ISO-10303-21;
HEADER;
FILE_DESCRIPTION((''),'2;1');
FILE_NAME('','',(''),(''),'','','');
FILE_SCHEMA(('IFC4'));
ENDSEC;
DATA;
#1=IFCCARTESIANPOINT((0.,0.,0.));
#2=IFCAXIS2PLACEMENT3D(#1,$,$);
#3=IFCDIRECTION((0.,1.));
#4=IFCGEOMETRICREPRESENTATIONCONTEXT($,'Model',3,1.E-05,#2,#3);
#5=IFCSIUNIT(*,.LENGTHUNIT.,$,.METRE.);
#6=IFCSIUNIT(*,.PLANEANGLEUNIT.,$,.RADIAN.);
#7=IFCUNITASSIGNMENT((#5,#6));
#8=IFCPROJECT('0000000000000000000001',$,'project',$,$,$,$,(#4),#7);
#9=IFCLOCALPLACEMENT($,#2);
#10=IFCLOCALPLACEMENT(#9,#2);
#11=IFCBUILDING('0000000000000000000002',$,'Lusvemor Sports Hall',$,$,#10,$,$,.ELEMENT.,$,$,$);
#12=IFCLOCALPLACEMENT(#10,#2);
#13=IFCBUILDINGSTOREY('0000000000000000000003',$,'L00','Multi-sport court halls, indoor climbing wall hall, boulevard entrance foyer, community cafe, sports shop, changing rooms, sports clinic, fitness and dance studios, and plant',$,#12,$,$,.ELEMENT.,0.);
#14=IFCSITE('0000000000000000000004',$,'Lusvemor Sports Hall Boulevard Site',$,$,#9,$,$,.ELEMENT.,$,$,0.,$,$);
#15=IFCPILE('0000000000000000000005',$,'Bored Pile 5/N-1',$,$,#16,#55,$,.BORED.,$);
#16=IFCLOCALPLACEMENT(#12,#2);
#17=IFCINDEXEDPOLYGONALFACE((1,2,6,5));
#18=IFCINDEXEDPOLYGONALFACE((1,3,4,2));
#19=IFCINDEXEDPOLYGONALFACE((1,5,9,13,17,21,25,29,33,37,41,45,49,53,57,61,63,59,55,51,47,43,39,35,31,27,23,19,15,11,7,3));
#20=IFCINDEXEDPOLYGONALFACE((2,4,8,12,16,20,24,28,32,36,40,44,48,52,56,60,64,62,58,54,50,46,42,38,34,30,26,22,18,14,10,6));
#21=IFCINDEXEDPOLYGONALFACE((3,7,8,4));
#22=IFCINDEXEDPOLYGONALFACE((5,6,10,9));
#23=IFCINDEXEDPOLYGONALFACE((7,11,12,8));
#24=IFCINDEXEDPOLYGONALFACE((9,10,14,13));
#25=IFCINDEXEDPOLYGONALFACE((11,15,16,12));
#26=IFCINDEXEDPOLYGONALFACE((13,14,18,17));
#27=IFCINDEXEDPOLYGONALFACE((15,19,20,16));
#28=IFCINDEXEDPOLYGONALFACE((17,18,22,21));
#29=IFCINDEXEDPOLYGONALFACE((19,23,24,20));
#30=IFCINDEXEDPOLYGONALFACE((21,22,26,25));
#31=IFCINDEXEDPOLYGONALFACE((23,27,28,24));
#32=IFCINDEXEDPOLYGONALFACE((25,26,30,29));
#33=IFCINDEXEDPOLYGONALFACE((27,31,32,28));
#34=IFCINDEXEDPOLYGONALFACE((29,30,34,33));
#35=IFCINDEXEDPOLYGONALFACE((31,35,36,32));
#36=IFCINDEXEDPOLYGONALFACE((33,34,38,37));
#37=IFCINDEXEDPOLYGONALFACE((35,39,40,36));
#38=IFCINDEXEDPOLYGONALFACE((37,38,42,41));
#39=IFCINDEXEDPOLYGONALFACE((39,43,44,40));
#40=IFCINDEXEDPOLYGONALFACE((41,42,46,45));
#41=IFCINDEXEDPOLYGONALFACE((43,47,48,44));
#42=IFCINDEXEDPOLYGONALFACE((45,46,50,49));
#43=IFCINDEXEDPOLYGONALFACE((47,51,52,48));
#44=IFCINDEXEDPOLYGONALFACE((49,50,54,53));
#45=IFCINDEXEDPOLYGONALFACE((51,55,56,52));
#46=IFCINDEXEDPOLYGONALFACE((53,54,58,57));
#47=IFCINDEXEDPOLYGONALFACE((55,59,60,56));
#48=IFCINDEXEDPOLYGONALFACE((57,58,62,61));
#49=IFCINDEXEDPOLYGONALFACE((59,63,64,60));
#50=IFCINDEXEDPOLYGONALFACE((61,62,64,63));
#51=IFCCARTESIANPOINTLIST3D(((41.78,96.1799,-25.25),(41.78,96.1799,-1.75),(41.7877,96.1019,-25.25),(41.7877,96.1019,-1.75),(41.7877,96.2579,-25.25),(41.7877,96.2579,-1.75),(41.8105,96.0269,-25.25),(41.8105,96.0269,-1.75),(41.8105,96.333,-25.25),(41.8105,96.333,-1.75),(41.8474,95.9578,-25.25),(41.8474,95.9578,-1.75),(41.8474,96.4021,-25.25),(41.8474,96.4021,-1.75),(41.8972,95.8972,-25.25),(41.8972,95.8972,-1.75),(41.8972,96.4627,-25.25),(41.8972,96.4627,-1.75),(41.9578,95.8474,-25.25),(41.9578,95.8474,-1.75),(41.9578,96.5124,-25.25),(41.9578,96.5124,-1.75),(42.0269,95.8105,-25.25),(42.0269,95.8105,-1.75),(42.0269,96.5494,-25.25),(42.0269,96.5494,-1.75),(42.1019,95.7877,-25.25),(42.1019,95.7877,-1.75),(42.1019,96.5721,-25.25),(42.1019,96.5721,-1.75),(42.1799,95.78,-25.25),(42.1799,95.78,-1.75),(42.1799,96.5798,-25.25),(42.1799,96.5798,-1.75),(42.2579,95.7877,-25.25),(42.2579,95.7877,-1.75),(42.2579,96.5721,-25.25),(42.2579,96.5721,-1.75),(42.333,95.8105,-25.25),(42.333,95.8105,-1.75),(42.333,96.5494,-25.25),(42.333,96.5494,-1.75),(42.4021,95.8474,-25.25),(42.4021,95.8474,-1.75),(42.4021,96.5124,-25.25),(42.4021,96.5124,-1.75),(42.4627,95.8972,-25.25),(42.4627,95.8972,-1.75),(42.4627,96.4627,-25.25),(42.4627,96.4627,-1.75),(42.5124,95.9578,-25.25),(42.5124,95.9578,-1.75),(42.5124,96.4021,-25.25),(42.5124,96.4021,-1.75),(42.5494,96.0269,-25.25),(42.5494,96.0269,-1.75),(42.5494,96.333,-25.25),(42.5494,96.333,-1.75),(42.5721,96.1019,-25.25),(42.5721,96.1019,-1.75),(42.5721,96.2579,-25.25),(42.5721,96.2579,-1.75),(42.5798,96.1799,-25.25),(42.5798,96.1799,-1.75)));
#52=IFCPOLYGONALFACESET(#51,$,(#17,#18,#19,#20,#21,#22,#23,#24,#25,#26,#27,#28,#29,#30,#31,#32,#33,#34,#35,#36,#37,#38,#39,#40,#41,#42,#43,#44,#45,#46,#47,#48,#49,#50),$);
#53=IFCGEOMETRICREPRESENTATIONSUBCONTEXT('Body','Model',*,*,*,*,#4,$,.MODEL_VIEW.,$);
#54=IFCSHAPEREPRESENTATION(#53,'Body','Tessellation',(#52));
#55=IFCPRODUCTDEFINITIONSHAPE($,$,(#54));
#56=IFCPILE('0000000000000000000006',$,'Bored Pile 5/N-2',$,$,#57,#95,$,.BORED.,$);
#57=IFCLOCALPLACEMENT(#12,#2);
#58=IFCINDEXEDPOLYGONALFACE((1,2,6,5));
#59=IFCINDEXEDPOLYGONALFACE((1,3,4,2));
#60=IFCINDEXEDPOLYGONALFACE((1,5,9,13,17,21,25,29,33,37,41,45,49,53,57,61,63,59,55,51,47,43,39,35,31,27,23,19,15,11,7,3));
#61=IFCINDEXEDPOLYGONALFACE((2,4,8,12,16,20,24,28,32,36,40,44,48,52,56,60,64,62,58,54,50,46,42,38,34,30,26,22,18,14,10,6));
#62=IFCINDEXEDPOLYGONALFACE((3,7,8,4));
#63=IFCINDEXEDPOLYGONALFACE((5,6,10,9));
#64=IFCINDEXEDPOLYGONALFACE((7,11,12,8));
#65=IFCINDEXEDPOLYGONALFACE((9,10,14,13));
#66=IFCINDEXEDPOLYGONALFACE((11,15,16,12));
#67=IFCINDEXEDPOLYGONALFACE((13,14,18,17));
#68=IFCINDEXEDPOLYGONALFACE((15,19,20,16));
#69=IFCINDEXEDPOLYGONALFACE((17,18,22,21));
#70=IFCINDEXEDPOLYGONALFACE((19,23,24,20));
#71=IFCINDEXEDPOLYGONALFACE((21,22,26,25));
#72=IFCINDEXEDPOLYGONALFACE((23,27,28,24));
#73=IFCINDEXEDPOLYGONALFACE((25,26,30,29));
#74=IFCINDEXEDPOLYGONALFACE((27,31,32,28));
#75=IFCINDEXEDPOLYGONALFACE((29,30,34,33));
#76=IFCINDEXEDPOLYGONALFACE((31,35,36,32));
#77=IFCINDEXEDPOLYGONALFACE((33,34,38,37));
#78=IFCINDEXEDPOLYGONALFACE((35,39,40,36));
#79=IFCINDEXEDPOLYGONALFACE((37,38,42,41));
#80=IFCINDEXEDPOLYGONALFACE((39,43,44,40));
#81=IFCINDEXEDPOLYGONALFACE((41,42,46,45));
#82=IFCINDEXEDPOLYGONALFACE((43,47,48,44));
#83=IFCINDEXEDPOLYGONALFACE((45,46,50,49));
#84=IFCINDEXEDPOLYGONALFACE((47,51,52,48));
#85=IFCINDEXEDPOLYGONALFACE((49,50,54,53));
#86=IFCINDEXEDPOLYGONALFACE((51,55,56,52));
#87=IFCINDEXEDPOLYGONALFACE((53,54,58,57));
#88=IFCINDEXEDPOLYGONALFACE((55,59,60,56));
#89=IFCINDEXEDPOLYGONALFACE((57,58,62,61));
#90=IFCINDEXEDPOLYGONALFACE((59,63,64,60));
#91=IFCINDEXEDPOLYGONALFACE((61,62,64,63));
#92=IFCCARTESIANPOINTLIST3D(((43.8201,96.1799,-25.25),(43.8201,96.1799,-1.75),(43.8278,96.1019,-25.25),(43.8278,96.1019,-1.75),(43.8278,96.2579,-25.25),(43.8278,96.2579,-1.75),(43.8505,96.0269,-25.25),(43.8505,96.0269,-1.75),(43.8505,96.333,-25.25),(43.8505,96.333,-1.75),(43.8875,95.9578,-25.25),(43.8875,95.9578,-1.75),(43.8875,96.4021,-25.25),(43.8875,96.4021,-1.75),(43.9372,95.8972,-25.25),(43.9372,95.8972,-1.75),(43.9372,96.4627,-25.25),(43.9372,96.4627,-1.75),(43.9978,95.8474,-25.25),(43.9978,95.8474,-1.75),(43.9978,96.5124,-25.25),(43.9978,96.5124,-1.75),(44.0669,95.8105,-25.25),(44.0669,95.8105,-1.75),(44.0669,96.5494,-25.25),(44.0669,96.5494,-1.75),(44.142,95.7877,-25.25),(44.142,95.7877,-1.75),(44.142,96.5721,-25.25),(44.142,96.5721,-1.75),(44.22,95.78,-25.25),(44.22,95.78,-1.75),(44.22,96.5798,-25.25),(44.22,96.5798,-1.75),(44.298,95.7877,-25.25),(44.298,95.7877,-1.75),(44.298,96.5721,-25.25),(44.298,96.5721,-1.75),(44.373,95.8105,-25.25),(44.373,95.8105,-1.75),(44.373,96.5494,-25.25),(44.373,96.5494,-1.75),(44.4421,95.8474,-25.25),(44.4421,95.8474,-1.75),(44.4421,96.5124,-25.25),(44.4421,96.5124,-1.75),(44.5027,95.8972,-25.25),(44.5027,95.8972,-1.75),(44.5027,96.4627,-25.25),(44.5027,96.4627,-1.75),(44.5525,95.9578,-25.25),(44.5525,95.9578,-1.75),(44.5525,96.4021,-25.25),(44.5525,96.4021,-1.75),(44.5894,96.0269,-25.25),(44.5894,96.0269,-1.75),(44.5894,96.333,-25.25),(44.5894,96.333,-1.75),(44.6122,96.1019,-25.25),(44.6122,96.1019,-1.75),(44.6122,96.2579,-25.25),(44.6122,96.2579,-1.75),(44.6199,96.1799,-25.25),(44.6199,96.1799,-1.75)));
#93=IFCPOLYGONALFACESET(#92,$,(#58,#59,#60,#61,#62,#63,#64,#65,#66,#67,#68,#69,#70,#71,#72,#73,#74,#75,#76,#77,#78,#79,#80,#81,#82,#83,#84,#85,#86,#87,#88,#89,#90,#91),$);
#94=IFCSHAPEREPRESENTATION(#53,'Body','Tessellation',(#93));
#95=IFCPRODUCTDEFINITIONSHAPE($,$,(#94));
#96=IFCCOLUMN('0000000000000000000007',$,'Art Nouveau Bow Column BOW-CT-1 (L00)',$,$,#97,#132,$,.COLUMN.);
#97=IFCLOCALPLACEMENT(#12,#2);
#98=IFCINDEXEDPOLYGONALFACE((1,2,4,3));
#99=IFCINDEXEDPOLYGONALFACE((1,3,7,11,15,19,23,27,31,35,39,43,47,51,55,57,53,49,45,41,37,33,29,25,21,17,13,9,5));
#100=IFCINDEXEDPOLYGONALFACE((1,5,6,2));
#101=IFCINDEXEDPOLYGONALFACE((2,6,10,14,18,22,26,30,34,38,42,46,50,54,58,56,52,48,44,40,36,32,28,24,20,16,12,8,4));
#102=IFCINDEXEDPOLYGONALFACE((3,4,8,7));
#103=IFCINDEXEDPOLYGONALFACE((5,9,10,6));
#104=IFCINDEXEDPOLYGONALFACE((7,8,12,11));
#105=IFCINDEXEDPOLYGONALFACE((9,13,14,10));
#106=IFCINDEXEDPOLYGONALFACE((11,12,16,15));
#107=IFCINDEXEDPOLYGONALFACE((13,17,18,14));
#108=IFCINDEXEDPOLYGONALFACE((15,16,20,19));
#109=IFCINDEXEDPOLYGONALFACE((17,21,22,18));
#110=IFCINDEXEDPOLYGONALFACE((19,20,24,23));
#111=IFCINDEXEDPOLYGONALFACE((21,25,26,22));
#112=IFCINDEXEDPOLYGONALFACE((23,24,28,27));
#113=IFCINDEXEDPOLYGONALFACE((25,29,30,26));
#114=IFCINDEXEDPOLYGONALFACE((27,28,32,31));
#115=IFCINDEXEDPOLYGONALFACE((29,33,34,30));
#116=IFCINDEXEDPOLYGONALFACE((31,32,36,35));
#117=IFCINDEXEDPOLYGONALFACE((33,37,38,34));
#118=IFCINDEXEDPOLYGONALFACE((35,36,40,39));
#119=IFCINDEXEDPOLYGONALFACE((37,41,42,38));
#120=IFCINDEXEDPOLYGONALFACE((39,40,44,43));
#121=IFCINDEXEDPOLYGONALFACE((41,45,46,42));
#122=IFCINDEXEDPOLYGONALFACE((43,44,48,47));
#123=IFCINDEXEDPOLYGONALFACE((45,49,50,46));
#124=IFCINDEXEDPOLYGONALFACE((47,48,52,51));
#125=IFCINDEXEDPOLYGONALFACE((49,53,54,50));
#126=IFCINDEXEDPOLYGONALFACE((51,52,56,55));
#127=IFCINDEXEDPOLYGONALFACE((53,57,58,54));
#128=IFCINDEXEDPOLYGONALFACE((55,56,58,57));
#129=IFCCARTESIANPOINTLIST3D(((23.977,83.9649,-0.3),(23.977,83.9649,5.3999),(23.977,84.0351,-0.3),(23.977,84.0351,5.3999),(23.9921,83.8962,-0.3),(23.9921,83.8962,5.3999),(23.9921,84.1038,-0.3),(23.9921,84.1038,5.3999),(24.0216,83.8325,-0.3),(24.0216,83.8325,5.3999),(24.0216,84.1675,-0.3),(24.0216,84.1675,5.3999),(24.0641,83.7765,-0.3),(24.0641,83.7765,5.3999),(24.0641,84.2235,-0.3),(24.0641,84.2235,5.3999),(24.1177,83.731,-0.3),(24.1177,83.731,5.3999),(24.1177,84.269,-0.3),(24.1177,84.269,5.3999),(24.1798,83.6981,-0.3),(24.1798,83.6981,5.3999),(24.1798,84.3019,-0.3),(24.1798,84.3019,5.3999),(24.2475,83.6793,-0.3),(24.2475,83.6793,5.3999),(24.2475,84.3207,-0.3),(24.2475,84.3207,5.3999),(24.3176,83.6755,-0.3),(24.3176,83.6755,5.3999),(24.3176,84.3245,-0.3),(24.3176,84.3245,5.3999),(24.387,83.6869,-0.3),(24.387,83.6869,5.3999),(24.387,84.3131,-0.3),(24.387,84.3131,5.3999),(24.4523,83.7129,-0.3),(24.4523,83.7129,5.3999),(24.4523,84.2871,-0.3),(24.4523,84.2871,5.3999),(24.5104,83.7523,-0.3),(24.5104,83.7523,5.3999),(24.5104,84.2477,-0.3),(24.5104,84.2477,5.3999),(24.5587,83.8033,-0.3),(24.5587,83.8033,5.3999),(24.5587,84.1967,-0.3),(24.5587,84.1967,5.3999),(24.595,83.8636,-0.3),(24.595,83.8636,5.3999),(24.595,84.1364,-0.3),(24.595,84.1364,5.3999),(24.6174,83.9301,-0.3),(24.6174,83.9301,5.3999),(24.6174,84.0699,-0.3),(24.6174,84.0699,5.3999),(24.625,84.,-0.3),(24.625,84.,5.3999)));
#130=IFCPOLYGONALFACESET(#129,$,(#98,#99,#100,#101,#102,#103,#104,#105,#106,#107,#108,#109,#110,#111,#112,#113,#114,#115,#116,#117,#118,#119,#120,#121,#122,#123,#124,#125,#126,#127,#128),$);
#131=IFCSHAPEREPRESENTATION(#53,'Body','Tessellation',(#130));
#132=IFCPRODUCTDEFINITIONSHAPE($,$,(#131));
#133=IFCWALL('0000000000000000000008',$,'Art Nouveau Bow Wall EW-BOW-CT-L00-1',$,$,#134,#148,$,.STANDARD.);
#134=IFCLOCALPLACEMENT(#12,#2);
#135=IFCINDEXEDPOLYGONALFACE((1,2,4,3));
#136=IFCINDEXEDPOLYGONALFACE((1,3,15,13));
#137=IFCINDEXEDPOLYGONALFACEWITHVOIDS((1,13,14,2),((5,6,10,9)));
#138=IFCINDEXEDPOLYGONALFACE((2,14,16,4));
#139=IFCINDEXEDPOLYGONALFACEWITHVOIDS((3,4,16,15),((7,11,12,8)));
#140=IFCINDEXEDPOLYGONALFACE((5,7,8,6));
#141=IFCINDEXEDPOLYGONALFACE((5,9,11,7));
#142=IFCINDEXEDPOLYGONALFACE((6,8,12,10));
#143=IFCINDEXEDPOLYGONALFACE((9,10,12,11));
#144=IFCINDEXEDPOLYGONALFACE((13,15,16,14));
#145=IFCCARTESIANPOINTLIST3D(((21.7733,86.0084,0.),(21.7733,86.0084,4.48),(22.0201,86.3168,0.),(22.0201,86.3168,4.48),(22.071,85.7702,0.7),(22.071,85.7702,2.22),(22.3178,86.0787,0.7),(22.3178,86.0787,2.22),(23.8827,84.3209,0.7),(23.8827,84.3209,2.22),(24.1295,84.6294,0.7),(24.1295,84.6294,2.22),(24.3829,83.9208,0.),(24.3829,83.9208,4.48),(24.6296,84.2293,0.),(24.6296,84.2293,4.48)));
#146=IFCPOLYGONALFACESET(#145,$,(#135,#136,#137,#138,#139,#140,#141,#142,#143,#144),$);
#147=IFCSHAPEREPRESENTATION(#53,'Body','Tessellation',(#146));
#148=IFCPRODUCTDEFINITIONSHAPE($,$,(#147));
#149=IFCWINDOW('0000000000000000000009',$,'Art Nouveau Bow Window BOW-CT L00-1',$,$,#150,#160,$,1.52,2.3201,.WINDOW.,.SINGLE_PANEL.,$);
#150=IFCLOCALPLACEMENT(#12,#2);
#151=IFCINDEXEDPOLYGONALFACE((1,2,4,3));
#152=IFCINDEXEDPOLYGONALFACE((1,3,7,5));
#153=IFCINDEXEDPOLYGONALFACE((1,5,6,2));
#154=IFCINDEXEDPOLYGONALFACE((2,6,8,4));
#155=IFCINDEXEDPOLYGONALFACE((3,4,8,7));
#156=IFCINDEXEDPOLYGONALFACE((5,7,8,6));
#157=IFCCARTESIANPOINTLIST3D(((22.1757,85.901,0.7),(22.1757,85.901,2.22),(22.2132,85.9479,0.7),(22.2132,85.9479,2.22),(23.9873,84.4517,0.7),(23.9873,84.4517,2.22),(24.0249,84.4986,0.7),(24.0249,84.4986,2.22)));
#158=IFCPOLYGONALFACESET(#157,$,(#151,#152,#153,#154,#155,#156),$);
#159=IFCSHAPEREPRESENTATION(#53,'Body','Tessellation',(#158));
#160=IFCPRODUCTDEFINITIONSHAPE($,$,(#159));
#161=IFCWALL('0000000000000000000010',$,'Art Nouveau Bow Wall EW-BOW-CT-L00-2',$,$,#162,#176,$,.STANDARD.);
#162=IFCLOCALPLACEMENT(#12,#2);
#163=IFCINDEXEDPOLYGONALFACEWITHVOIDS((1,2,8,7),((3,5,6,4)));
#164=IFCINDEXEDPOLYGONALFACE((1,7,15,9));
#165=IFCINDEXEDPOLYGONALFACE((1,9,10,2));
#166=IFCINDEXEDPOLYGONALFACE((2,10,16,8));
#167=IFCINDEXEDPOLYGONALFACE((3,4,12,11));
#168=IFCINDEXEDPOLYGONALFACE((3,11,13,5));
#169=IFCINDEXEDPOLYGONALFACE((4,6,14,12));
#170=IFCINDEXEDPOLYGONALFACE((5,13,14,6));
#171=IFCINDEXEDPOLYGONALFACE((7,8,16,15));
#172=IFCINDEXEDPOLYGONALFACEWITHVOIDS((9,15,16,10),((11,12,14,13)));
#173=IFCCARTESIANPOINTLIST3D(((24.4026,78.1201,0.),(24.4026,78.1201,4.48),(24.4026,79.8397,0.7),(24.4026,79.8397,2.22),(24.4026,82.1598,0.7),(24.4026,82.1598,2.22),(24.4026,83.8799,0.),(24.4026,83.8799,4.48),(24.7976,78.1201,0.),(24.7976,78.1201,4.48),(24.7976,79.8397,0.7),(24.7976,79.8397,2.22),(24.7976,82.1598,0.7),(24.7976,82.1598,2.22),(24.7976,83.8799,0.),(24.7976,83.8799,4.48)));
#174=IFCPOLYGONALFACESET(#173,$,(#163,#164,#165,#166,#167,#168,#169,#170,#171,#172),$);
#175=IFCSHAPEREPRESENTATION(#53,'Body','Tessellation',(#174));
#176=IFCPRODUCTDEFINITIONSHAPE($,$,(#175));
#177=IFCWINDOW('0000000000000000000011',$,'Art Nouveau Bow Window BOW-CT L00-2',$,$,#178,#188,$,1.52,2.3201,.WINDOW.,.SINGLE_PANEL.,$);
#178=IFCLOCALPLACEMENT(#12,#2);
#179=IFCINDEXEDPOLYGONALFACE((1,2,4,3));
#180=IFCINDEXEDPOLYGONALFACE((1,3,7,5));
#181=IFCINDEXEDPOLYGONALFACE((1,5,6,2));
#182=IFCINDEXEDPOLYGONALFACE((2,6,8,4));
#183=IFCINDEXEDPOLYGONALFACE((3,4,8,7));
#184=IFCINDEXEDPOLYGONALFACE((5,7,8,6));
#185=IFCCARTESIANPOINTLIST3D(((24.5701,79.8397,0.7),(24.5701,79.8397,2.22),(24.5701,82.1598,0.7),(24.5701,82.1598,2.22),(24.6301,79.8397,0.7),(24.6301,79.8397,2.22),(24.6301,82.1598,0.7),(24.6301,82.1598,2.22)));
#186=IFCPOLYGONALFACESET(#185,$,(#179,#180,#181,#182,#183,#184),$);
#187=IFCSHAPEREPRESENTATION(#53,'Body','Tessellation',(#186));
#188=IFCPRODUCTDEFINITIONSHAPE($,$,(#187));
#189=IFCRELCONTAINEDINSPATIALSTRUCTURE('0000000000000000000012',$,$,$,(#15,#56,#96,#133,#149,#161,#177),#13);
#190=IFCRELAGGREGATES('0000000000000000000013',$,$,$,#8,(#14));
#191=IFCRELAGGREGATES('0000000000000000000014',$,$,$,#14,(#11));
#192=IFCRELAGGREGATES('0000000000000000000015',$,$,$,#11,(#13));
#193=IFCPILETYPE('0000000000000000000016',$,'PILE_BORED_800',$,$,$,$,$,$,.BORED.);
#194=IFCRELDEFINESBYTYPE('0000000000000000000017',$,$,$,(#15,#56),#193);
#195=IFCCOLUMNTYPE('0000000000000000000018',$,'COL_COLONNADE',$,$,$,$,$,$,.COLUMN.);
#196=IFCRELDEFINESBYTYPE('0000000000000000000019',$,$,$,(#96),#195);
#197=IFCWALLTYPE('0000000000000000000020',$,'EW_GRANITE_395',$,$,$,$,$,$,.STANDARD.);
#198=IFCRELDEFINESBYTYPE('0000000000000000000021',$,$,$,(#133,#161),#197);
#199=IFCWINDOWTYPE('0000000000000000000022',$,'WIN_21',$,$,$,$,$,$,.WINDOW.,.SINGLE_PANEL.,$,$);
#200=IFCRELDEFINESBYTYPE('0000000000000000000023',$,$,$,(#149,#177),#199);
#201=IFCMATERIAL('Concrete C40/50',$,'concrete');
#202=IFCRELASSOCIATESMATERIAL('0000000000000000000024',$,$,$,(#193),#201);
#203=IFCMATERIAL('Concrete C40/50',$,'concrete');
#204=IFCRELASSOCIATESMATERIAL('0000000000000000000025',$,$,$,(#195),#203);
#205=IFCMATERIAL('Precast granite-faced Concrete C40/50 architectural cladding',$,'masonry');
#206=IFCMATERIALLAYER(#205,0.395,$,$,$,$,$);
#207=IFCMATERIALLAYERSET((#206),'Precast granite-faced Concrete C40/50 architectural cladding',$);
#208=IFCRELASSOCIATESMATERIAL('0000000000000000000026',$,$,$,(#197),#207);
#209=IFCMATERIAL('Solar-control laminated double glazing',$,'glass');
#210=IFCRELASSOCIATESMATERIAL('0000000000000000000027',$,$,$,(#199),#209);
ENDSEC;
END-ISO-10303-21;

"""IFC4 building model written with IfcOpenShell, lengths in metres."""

from ifc_helpers import new_model, si_unit, direction, frame, frame_2d, origin, origin_2d, place, context, subcontext, project, spatial, rectangle, circle, extrude, material, layer, layer_set, material_profile, profile_set, type_object, element, fill, save


model = new_model("IFC4")

# Units and contexts
model_context = context("Model", 3, precision=1e-05, world=origin(), true_north=direction((0.0, 1.0)))
body_context = subcontext(model_context, "Body", "Model", "MODEL_VIEW")
ifc_project = project(units=[si_unit("LENGTHUNIT", "METRE"), si_unit("PLANEANGLEUNIT", "RADIAN")], contexts=[model_context])

# Site, building, storey
site_placement = place(None, origin())
site = spatial("IfcSite", under=ifc_project, at=site_placement, Name="Lusvemor Sports Hall Boulevard Site", CompositionType="ELEMENT", RefElevation=0.0)
building_placement = place(site_placement, origin())
building = spatial("IfcBuilding", under=site, at=building_placement, Name="Lusvemor Sports Hall", CompositionType="ELEMENT")
storey_placement = place(building_placement, origin())
storey = spatial("IfcBuildingStorey", under=building, at=storey_placement, Name="L00", Description="Multi-sport court halls, indoor climbing wall hall, boulevard entrance foyer, community cafe, sports shop, changing rooms, sports clinic, fitness and dance studios, and plant", CompositionType="ELEMENT", Elevation=0.0)

# Piles
ifc_material_1 = material(Name="Concrete C40/50", Category="concrete")
ifc_material_profile_1 = material_profile(ifc_material_1, circle(Radius=0.3999, at=origin_2d()), Name="PILE800")
ifc_profile_set_1 = profile_set([ifc_material_profile_1], Name="Concrete C40/50")
pile_type_1 = type_object("IfcPileType", Name="PILE_BORED_800", PredefinedType="BORED", material=ifc_profile_set_1)
for number, where, z_axis, x_axis, name in (
    (1, (42.1799, 96.1799, -1.75), (0.0, 0.0, -1.0), (1.0, 0.0, 0.0), "Bored Pile 5/N-1"),
    (2, (44.22, 96.1799, -1.75), (0.0, 0.0, -1.0), (1.0, 0.0, 0.0), "Bored Pile 5/N-2"),
):
    element("IfcPile", number, at=place(storey_placement, frame(where, z_axis=z_axis, x_axis=x_axis)), inside=storey, type_object=pile_type_1, Name=name, PredefinedType="BORED", context=body_context, shape_type="SweptSolid", body=[
        extrude(circle(Radius=0.3999, at=origin_2d()), origin(), (0.0, 0.0, 1.0), 23.5),
    ])

# Column
ifc_material_2 = material(Name="Concrete C40/50", Category="concrete")
ifc_material_profile_2 = material_profile(ifc_material_2, circle(Radius=0.325, at=origin_2d()), Name="RCCIRC650")
ifc_profile_set_2 = profile_set([ifc_material_profile_2], Name="Concrete C40/50")
column_type = type_object("IfcColumnType", Name="COL_COLONNADE", PredefinedType="COLUMN", material=ifc_profile_set_2)
column_placement = place(storey_placement, frame((24.3, 84.0, -0.3), z_axis=(0.0, 0.0, 1.0), x_axis=(1.0, 0.0, 0.0)))
element("IfcColumn", 3, at=column_placement, inside=storey, type_object=column_type, Name="Art Nouveau Bow Column BOW-CT-1 (L00)", PredefinedType="COLUMN", context=body_context, shape_type="SweptSolid", body=[
    extrude(circle(Radius=0.325, at=origin_2d()), origin(), (0.0, 0.0, 1.0), 5.7),
])

# Walls, openings, windows
ifc_material_3 = material(Name="Precast granite-faced Concrete C40/50 architectural cladding", Category="masonry")
ifc_layer_1 = layer(ifc_material_3, 0.395)
ifc_layer_set_1 = layer_set([ifc_layer_1], Name="Precast granite-faced Concrete C40/50 architectural cladding")
wall_type = type_object("IfcWallType", Name="EW_GRANITE_395", PredefinedType="STANDARD", material=ifc_layer_set_1)
wall_1_placement = place(storey_placement, frame((21.8967, 86.1626, 0.0), z_axis=(0.0, 0.0, 1.0), x_axis=(0.780876, -0.624686, 0.0)))
wall_1 = element("IfcWall", 4, at=wall_1_placement, inside=storey, type_object=wall_type, Name="Art Nouveau Bow Wall EW-BOW-CT-L00-1", PredefinedType="STANDARD", context=body_context, shape_type="SweptSolid", body=[
    extrude(rectangle(XDim=3.3418, YDim=0.395, at=frame_2d((1.6709, 0.0))), origin(), (0.0, 0.0, 1.0), 4.48),
])
opening_1_placement = place(wall_1_placement, frame((0.3811, 0.0, 0.7)))
opening_1 = element("IfcOpeningElement", 5, at=opening_1_placement, cuts=wall_1, PredefinedType="OPENING", context=body_context, shape_type="SweptSolid", body=[
    extrude(rectangle(XDim=2.3201, YDim=1.52, at=frame_2d((1.1602, 0.76))), frame((0.0, 0.1975, 0.0), z_axis=(0.0, -1.0, 0.0), x_axis=(1.0, 0.0, 0.0)), (0.0, 0.0, 1.0), 0.395),
])
ifc_material_4 = material(Name="Solar-control laminated double glazing", Category="glass")
window_type = type_object("IfcWindowType", Name="WIN_21", PartitioningType="SINGLE_PANEL", PredefinedType="WINDOW", material=ifc_material_4)
window_1_placement = place(opening_1_placement, origin())
window_1 = element("IfcWindow", 6, at=window_1_placement, inside=storey, type_object=window_type, Name="Art Nouveau Bow Window BOW-CT L00-1", OverallHeight=1.52, OverallWidth=2.3201, PartitioningType="SINGLE_PANEL", PredefinedType="WINDOW", context=body_context, shape_type="SweptSolid", body=[
    extrude(rectangle(XDim=2.3201, YDim=1.52, at=frame_2d((1.1602, 0.76))), frame((0.0, 0.03, 0.0), z_axis=(0.0, -1.0, 0.0), x_axis=(1.0, 0.0, 0.0)), (0.0, 0.0, 1.0), 0.0601),
])
fill(opening_1, window_1)
wall_2_placement = place(storey_placement, frame((24.6001, 83.8799, 0.0), z_axis=(0.0, 0.0, 1.0), x_axis=(0.0, -1.0, 0.0)))
wall_2 = element("IfcWall", 7, at=wall_2_placement, inside=storey, type_object=wall_type, Name="Art Nouveau Bow Wall EW-BOW-CT-L00-2", PredefinedType="STANDARD", context=body_context, shape_type="SweptSolid", body=[
    extrude(rectangle(XDim=5.7598, YDim=0.395, at=frame_2d((2.8799, 0.0))), origin(), (0.0, 0.0, 1.0), 4.48),
])
opening_2_placement = place(wall_2_placement, frame((1.72, 0.0, 0.7)))
opening_2 = element("IfcOpeningElement", 8, at=opening_2_placement, cuts=wall_2, PredefinedType="OPENING", context=body_context, shape_type="SweptSolid", body=[
    extrude(rectangle(XDim=2.3201, YDim=1.52, at=frame_2d((1.1602, 0.76))), frame((0.0, 0.1975, 0.0), z_axis=(0.0, -1.0, 0.0), x_axis=(1.0, 0.0, 0.0)), (0.0, 0.0, 1.0), 0.395),
])
window_2_placement = place(opening_2_placement, origin())
window_2 = element("IfcWindow", 9, at=window_2_placement, inside=storey, type_object=window_type, Name="Art Nouveau Bow Window BOW-CT L00-2", OverallHeight=1.52, OverallWidth=2.3201, PartitioningType="SINGLE_PANEL", PredefinedType="WINDOW", context=body_context, shape_type="SweptSolid", body=[
    extrude(rectangle(XDim=2.3201, YDim=1.52, at=frame_2d((1.1602, 0.76))), frame((0.0, 0.03, 0.0), z_axis=(0.0, -1.0, 0.0), x_axis=(1.0, 0.0, 0.0)), (0.0, 0.0, 1.0), 0.0601),
])
fill(opening_2, window_2)

save(model, "model.ifc")
